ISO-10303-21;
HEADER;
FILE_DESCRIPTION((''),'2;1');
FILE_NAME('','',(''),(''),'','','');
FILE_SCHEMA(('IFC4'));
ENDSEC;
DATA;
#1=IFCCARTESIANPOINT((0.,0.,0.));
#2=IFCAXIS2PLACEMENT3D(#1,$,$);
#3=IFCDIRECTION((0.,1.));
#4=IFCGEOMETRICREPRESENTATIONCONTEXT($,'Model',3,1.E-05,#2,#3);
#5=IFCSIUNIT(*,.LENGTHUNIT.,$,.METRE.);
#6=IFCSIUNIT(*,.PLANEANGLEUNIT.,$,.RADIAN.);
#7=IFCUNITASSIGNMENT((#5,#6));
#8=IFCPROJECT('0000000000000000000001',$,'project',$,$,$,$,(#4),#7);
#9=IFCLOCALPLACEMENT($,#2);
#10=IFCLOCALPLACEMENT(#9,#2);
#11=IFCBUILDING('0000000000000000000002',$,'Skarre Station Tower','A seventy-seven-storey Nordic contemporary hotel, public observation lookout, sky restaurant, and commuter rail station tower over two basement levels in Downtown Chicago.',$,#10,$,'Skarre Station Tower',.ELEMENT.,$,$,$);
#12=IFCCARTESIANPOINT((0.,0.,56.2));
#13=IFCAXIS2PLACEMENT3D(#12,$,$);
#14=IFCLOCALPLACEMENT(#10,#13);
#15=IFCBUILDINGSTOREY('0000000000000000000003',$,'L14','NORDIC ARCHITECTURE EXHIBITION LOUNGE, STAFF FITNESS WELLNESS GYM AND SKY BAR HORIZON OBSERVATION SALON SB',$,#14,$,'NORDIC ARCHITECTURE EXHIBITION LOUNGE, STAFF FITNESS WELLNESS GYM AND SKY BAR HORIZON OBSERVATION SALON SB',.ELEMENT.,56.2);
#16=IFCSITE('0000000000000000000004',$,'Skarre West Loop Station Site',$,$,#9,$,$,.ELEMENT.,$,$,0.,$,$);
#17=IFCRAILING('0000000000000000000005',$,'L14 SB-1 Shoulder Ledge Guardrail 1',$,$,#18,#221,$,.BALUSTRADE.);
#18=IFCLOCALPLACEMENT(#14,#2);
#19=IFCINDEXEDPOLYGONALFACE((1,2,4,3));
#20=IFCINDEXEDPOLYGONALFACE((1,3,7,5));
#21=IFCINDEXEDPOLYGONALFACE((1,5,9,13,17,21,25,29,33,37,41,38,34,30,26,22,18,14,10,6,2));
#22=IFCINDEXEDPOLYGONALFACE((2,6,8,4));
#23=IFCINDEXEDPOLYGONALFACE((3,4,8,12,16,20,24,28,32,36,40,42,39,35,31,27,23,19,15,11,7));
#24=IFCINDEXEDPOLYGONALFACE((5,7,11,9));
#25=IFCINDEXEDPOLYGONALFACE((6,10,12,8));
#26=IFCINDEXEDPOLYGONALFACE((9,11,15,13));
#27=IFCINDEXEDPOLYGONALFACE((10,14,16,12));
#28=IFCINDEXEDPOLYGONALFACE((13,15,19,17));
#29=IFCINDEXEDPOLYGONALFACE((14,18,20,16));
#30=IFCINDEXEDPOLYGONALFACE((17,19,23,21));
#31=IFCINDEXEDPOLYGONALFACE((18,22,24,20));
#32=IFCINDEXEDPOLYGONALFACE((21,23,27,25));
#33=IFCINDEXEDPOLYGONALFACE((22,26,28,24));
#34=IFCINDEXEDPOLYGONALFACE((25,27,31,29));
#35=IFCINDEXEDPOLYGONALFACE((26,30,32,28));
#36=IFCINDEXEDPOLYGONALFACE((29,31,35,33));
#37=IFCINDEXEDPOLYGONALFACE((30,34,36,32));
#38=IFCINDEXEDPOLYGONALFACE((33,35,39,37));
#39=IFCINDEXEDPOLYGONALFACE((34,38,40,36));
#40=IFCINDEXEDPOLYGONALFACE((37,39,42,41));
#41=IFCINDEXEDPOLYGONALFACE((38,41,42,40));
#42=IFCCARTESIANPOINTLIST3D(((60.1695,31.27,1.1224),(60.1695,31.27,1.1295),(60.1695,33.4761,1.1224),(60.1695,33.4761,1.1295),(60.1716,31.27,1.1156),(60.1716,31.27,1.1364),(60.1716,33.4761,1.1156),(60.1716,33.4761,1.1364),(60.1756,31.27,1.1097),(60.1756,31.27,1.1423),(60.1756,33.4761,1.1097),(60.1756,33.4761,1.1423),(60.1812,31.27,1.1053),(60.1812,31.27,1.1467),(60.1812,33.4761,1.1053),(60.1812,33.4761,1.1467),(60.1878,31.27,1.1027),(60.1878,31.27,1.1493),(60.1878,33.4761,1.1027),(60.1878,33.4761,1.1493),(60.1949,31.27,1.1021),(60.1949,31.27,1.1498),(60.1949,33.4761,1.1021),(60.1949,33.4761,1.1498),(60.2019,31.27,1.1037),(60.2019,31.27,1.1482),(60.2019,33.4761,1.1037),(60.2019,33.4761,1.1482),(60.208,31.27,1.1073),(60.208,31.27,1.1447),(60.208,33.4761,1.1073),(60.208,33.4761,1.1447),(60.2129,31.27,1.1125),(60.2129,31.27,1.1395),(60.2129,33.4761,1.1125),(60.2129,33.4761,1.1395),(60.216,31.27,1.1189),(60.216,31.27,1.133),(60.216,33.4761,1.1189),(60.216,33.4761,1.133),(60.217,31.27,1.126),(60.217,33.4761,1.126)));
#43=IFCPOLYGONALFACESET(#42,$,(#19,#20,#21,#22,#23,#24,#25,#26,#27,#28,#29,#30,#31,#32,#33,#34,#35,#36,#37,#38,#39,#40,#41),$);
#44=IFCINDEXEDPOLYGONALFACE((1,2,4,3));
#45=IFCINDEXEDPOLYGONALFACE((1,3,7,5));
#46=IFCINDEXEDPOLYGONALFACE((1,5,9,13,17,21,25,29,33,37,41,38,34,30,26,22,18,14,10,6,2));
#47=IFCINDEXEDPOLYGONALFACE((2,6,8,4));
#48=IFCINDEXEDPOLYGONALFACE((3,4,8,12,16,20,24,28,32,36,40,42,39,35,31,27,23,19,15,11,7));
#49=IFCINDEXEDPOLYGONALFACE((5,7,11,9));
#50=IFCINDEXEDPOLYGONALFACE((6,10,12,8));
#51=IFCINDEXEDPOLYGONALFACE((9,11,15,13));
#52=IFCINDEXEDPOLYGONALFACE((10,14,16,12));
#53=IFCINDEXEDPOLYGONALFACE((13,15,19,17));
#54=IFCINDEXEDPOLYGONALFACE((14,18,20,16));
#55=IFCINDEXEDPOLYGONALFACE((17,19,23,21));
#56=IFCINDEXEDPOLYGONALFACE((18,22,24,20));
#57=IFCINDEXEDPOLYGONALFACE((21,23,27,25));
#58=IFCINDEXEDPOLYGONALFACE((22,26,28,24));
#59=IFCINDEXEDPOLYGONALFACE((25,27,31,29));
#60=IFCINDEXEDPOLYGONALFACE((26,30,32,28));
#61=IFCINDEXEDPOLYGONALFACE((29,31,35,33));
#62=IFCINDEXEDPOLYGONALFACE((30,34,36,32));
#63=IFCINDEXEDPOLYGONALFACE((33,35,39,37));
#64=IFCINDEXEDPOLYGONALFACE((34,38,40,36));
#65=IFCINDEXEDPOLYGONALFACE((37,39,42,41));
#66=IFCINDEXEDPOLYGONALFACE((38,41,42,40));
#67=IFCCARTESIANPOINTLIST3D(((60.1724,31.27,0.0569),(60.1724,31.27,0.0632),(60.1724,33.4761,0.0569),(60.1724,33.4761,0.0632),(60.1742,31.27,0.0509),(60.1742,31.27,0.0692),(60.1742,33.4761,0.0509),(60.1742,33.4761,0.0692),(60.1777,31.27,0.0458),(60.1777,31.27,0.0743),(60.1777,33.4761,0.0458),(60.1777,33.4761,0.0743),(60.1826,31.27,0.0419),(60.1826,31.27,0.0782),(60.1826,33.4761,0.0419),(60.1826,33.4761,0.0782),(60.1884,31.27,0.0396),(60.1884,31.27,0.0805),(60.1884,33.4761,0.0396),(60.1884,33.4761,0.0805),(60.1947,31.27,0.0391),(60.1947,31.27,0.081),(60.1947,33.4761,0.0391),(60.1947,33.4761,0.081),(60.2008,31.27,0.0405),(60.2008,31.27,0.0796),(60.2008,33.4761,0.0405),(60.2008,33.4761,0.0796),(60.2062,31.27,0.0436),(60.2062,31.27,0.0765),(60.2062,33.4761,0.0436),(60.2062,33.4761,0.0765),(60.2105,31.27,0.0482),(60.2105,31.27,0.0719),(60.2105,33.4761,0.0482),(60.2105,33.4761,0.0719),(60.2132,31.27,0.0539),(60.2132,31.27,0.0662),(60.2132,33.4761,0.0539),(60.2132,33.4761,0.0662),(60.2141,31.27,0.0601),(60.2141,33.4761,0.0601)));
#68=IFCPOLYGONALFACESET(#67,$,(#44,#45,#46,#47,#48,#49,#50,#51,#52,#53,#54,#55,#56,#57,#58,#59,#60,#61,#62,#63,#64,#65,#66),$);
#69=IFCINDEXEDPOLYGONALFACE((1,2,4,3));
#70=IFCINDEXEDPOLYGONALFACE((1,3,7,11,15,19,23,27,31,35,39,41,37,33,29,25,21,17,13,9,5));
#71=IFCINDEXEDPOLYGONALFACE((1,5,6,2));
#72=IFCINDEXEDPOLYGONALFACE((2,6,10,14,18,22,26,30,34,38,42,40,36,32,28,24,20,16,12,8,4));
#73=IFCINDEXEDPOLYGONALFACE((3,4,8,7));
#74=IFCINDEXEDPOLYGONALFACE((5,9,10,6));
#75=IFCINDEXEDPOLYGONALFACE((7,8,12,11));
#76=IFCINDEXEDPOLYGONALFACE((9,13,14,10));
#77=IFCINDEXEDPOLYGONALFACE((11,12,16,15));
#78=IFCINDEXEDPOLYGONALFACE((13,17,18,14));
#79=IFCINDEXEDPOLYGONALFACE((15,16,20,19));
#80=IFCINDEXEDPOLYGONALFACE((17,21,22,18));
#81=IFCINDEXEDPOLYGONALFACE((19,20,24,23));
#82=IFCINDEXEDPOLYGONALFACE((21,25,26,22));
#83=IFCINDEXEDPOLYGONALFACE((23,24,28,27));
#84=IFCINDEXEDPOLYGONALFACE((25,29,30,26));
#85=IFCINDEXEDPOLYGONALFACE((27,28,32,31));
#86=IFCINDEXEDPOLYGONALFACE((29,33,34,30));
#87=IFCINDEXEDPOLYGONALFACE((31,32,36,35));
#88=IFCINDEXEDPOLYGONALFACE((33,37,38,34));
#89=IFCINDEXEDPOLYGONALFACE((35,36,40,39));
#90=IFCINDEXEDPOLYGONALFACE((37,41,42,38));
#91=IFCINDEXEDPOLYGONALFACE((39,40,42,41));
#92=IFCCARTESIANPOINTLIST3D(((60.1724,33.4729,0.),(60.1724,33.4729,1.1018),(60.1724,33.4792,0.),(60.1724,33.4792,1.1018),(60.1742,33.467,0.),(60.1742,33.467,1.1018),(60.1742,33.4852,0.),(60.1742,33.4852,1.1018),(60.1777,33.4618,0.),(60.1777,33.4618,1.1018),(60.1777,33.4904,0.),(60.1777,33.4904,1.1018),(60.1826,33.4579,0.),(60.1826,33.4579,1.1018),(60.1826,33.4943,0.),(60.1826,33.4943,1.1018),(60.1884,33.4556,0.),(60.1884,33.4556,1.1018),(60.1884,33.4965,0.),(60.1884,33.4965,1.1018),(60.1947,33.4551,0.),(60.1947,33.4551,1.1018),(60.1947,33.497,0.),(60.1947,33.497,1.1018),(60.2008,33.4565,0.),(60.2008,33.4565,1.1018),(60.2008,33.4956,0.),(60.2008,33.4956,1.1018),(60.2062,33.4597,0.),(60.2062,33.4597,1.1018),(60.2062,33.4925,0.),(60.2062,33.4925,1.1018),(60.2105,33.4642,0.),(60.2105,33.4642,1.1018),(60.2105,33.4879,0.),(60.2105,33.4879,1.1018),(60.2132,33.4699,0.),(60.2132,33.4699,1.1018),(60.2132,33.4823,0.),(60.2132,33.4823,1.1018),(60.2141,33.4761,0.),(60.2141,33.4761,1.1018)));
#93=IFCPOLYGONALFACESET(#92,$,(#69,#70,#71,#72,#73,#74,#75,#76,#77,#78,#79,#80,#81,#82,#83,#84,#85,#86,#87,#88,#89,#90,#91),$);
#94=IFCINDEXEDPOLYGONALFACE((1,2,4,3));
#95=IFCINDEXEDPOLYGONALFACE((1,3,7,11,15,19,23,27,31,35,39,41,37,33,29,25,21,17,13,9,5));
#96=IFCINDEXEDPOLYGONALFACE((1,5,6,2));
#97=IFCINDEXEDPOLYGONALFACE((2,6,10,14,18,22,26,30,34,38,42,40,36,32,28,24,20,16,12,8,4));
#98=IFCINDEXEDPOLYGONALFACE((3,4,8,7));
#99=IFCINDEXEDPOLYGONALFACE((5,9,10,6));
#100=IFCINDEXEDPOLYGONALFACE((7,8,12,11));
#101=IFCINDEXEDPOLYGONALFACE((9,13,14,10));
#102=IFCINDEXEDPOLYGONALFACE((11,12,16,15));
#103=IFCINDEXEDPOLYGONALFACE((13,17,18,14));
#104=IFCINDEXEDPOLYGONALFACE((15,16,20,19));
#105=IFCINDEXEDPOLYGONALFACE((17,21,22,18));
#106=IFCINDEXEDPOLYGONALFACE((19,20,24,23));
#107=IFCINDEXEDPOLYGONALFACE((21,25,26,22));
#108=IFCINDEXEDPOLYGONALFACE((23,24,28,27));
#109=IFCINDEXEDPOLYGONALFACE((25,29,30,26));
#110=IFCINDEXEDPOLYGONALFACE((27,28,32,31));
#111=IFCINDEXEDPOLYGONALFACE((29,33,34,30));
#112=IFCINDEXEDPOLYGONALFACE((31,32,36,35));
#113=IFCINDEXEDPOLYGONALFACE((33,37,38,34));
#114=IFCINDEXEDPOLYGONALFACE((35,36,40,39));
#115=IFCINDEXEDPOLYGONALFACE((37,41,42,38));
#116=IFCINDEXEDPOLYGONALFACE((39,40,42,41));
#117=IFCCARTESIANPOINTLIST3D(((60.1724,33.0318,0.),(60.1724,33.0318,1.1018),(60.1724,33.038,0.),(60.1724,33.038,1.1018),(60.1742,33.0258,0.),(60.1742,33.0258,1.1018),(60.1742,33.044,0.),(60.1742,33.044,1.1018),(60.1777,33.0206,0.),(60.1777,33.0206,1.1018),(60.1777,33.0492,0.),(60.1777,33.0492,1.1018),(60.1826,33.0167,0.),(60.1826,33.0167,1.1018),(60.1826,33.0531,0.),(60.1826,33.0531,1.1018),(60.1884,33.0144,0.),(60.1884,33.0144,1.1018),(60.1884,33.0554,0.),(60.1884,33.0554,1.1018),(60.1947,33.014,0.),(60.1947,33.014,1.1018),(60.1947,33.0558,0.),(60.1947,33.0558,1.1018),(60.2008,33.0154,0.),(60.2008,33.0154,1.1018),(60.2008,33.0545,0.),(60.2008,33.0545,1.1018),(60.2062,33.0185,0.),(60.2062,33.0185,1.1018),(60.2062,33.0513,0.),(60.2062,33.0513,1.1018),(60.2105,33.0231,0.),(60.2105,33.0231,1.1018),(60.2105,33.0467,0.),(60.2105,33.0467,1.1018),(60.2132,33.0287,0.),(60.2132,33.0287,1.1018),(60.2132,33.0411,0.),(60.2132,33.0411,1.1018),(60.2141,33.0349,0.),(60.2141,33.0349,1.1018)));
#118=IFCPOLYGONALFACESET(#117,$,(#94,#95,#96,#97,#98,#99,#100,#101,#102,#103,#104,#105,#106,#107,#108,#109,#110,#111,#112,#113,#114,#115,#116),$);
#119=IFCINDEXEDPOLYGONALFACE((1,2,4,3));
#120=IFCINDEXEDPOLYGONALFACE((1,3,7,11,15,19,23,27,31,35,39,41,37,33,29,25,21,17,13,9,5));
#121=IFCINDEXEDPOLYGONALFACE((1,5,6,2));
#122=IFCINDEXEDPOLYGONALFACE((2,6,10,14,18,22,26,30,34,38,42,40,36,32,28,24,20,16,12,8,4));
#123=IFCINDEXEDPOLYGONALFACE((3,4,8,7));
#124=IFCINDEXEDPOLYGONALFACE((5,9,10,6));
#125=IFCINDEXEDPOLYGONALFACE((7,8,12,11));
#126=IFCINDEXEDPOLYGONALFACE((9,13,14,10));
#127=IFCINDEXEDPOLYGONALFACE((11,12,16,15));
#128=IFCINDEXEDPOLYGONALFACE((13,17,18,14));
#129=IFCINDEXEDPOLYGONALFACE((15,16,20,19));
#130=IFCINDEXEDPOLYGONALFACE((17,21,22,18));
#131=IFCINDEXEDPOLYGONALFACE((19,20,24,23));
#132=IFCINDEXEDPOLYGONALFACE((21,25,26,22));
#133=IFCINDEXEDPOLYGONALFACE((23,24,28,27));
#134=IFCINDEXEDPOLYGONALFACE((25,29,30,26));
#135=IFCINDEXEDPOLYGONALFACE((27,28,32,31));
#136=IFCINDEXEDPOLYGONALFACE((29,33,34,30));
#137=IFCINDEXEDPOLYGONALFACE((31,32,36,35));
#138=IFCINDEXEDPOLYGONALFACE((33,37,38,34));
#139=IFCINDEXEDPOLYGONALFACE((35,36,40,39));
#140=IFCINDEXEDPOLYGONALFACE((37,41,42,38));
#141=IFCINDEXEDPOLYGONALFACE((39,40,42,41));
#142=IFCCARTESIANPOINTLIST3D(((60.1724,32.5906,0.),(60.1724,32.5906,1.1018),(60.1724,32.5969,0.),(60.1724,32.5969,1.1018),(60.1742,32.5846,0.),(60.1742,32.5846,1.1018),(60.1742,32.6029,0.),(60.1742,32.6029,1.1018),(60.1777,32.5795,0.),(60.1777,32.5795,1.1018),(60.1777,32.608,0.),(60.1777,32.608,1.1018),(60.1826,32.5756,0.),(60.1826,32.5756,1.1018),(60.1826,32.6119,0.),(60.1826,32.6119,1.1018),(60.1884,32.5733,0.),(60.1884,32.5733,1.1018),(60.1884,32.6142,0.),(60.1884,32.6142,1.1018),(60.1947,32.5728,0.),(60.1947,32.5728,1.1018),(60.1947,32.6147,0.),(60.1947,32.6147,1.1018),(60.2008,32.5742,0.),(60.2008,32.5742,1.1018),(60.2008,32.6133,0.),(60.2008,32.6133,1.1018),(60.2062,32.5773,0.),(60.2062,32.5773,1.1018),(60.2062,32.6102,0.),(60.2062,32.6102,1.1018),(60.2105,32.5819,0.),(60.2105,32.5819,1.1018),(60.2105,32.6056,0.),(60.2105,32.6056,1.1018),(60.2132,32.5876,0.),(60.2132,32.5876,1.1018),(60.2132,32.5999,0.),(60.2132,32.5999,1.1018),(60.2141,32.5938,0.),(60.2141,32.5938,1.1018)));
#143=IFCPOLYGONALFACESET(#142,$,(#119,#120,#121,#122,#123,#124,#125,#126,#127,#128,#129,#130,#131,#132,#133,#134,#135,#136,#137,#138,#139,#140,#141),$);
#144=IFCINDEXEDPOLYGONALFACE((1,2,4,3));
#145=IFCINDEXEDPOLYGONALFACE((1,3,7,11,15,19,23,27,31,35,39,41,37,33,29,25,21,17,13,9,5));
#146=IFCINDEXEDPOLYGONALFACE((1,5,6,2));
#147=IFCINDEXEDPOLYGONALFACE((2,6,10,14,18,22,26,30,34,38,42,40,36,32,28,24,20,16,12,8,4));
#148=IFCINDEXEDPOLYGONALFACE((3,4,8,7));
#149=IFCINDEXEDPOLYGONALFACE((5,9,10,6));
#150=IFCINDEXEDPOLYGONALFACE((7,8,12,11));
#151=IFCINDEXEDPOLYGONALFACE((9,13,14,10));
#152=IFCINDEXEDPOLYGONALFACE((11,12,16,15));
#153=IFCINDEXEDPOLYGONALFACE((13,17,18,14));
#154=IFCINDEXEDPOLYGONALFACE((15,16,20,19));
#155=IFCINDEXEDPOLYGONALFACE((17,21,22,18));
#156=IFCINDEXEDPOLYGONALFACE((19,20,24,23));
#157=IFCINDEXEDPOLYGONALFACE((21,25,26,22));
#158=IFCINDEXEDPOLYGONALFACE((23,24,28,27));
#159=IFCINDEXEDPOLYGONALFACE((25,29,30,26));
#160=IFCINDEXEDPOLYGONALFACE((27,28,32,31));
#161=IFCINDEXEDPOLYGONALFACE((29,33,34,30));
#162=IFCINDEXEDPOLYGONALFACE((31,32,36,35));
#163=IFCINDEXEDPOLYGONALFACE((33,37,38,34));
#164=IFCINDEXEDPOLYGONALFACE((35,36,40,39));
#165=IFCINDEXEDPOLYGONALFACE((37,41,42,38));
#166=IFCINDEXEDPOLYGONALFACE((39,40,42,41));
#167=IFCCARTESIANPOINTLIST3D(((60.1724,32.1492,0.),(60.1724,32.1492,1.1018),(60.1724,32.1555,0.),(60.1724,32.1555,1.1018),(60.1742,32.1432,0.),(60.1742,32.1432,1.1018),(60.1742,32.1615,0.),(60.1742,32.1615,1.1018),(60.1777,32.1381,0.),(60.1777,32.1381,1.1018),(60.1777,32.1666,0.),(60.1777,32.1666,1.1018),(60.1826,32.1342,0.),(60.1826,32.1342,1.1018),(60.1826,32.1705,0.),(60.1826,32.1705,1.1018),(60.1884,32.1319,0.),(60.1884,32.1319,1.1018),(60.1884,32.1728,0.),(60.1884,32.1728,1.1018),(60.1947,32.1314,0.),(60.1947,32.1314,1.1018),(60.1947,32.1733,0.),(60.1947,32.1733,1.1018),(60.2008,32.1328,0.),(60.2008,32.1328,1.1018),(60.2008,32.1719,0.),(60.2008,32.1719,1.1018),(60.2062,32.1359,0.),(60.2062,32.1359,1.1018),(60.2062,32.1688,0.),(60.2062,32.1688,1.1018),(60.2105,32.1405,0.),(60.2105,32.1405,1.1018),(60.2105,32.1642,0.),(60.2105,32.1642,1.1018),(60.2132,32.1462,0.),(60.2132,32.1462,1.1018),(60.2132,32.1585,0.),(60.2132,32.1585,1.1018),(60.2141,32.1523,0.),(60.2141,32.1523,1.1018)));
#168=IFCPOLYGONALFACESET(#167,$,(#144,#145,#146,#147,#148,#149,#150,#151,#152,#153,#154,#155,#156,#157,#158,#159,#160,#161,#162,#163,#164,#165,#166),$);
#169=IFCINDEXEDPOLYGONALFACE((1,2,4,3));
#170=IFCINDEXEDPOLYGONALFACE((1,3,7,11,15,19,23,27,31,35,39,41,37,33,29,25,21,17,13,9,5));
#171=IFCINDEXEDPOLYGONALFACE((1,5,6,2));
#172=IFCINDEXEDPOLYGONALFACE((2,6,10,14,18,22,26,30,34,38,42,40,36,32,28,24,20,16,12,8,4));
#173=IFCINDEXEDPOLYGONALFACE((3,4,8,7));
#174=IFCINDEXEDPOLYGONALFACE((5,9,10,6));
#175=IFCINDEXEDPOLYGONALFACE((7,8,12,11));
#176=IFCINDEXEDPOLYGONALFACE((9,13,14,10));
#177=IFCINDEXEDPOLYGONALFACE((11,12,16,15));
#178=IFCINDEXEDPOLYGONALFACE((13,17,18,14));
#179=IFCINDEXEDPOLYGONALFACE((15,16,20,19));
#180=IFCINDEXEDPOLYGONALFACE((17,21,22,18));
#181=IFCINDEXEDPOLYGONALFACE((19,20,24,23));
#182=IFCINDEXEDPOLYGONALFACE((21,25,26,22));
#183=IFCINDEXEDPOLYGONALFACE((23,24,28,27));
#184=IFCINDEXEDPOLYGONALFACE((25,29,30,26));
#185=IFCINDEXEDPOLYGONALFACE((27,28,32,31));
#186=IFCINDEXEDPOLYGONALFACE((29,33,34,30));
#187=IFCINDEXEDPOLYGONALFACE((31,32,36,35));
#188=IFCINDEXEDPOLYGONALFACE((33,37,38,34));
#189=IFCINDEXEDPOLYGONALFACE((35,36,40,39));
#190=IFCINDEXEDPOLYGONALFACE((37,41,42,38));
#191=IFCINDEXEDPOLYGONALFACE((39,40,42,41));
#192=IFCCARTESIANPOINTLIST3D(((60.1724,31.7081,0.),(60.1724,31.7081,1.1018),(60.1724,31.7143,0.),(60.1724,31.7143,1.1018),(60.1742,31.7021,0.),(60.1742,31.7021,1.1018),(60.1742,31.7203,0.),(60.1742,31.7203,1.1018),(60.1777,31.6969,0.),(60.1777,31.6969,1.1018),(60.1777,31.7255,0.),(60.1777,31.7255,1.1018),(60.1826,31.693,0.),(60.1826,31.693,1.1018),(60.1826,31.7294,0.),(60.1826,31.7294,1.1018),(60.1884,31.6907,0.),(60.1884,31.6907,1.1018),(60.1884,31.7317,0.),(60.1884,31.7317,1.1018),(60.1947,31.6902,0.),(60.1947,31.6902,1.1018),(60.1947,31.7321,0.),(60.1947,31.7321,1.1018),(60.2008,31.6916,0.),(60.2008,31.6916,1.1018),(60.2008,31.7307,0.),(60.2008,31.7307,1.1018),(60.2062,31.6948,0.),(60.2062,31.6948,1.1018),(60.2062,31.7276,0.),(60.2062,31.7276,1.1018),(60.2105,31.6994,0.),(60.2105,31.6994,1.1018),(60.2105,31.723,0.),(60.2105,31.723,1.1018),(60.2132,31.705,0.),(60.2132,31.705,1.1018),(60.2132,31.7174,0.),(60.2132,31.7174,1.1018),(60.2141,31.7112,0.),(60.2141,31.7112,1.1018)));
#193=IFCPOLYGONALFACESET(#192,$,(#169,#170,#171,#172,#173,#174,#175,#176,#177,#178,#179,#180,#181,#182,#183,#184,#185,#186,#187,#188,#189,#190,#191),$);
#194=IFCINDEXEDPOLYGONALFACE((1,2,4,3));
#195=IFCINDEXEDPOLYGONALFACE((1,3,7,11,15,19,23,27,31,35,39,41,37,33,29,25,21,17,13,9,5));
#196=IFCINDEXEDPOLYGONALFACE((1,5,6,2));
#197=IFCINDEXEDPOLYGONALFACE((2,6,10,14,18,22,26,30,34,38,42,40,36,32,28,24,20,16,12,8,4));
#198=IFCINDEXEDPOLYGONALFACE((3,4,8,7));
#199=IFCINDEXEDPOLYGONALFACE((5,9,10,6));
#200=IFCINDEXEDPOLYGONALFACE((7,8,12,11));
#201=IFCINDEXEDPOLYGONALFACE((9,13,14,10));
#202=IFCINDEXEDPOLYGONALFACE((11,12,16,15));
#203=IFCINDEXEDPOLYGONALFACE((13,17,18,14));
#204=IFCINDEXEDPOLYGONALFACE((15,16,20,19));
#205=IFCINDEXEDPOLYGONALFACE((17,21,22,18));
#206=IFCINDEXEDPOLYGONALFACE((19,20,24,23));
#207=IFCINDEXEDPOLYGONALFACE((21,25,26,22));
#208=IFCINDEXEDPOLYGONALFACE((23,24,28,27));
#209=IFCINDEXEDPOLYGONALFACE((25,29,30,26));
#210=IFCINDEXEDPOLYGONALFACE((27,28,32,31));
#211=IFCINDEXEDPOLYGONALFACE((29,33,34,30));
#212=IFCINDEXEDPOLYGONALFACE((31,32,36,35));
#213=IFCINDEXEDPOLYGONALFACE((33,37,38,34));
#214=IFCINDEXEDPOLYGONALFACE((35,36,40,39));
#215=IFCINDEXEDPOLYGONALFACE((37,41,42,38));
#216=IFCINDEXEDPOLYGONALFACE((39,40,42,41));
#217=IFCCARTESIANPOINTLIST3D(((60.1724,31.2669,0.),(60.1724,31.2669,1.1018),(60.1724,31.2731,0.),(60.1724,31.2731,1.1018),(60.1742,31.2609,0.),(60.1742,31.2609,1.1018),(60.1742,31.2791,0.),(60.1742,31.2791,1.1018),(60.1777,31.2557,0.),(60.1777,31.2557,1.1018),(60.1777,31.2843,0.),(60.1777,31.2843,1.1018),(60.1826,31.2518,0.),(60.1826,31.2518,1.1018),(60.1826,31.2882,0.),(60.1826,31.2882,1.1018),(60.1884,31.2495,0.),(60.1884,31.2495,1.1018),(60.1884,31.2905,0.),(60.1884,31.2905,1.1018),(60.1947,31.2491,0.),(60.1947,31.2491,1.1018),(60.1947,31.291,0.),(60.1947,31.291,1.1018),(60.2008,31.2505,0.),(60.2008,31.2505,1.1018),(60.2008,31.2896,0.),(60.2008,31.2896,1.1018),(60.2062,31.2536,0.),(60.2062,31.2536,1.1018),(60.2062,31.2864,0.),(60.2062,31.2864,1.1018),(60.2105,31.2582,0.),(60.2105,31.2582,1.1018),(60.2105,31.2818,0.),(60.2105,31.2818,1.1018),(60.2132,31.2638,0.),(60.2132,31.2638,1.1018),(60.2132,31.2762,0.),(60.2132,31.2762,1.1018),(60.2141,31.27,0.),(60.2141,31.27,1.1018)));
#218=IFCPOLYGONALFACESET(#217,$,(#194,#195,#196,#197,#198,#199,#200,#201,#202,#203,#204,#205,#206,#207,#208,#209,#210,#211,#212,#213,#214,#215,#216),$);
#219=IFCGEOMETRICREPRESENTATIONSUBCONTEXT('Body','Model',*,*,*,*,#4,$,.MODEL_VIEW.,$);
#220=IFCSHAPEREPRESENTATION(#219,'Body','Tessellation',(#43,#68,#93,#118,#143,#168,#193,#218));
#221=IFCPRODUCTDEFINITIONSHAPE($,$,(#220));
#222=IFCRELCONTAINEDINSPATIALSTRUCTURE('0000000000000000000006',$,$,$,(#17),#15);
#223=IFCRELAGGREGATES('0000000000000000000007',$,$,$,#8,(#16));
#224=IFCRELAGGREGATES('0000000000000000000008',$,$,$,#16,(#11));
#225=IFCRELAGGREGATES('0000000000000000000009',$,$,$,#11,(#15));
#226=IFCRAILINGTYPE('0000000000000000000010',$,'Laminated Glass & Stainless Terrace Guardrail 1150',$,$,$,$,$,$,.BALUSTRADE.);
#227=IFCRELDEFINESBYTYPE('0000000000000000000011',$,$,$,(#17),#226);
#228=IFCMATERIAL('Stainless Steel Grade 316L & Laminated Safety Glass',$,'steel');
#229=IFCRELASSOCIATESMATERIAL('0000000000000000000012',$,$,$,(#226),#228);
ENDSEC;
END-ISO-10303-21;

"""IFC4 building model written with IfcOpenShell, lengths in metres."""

from ifc_helpers import new_model, si_unit, direction, frame, origin, origin_2d, place, context, subcontext, project, spatial, circle, extrude, material, type_object, element, save


model = new_model("IFC4")

# Units and contexts
model_context = context("Model", 3, precision=1e-05, world=origin(), true_north=direction((0.0, 1.0)))
body_context = subcontext(model_context, "Body", "Model", "MODEL_VIEW")
ifc_project = project(units=[si_unit("LENGTHUNIT", "METRE"), si_unit("PLANEANGLEUNIT", "RADIAN")], contexts=[model_context])

# Site, building, storey
site_placement = place(None, origin())
site = spatial("IfcSite", under=ifc_project, at=site_placement, Name="Skarre West Loop Station Site", CompositionType="ELEMENT", RefElevation=0.0)
building_placement = place(site_placement, origin())
building = spatial("IfcBuilding", under=site, at=building_placement, Name="Skarre Station Tower", Description="A seventy-seven-storey Nordic contemporary hotel, public observation lookout, sky restaurant, and commuter rail station tower over two basement levels in Downtown Chicago.", LongName="Skarre Station Tower", CompositionType="ELEMENT")
storey_placement = place(building_placement, frame((0.0, 0.0, 56.2)))
storey = spatial("IfcBuildingStorey", under=building, at=storey_placement, Name="L14", Description="NORDIC ARCHITECTURE EXHIBITION LOUNGE, STAFF FITNESS WELLNESS GYM AND SKY BAR HORIZON OBSERVATION SALON SB", LongName="NORDIC ARCHITECTURE EXHIBITION LOUNGE, STAFF FITNESS WELLNESS GYM AND SKY BAR HORIZON OBSERVATION SALON SB", CompositionType="ELEMENT", Elevation=56.2)

# Railing
ifc_material_1 = material(Name="Stainless Steel Grade 316L & Laminated Safety Glass", Category="steel")
railing_type = type_object("IfcRailingType", Name="Laminated Glass & Stainless Terrace Guardrail 1150", PredefinedType="BALUSTRADE", material=ifc_material_1)
railing_placement = place(storey_placement, frame((60.1931, 33.4761, 0.0)))
element("IfcRailing", 1, at=railing_placement, inside=storey, type_object=railing_type, Name="L14 SB-1 Shoulder Ledge Guardrail 1", PredefinedType="BALUSTRADE", context=body_context, shape_type="SweptSolid", body=[
    extrude(circle(Radius=0.0239, at=origin_2d()), frame((0.0, 0.0, 1.126), z_axis=(0.0, -1.0, 0.0), x_axis=(1.0, 0.0, 0.0)), (0.0, 0.0, 1.0), 2.2061),
    extrude(circle(Radius=0.021, at=origin_2d()), frame((0.0, 0.0, 0.0601), z_axis=(0.0, -1.0, 0.0), x_axis=(1.0, 0.0, 0.0)), (0.0, 0.0, 1.0), 2.2061),
    extrude(circle(Radius=0.021, at=origin_2d()), origin(), (0.0, 0.0, 1.0), 1.1018),
    extrude(circle(Radius=0.021, at=origin_2d()), frame((0.0, -0.4412, 0.0)), (0.0, 0.0, 1.0), 1.1018),
    extrude(circle(Radius=0.021, at=origin_2d()), frame((0.0, -0.8823, 0.0)), (0.0, 0.0, 1.0), 1.1018),
    extrude(circle(Radius=0.021, at=origin_2d()), frame((0.0, -1.3237, 0.0)), (0.0, 0.0, 1.0), 1.1018),
    extrude(circle(Radius=0.021, at=origin_2d()), frame((0.0, -1.7649, 0.0)), (0.0, 0.0, 1.0), 1.1018),
    extrude(circle(Radius=0.021, at=origin_2d()), frame((0.0, -2.2061, 0.0)), (0.0, 0.0, 1.0), 1.1018),
])

save(model, "model.ifc")
